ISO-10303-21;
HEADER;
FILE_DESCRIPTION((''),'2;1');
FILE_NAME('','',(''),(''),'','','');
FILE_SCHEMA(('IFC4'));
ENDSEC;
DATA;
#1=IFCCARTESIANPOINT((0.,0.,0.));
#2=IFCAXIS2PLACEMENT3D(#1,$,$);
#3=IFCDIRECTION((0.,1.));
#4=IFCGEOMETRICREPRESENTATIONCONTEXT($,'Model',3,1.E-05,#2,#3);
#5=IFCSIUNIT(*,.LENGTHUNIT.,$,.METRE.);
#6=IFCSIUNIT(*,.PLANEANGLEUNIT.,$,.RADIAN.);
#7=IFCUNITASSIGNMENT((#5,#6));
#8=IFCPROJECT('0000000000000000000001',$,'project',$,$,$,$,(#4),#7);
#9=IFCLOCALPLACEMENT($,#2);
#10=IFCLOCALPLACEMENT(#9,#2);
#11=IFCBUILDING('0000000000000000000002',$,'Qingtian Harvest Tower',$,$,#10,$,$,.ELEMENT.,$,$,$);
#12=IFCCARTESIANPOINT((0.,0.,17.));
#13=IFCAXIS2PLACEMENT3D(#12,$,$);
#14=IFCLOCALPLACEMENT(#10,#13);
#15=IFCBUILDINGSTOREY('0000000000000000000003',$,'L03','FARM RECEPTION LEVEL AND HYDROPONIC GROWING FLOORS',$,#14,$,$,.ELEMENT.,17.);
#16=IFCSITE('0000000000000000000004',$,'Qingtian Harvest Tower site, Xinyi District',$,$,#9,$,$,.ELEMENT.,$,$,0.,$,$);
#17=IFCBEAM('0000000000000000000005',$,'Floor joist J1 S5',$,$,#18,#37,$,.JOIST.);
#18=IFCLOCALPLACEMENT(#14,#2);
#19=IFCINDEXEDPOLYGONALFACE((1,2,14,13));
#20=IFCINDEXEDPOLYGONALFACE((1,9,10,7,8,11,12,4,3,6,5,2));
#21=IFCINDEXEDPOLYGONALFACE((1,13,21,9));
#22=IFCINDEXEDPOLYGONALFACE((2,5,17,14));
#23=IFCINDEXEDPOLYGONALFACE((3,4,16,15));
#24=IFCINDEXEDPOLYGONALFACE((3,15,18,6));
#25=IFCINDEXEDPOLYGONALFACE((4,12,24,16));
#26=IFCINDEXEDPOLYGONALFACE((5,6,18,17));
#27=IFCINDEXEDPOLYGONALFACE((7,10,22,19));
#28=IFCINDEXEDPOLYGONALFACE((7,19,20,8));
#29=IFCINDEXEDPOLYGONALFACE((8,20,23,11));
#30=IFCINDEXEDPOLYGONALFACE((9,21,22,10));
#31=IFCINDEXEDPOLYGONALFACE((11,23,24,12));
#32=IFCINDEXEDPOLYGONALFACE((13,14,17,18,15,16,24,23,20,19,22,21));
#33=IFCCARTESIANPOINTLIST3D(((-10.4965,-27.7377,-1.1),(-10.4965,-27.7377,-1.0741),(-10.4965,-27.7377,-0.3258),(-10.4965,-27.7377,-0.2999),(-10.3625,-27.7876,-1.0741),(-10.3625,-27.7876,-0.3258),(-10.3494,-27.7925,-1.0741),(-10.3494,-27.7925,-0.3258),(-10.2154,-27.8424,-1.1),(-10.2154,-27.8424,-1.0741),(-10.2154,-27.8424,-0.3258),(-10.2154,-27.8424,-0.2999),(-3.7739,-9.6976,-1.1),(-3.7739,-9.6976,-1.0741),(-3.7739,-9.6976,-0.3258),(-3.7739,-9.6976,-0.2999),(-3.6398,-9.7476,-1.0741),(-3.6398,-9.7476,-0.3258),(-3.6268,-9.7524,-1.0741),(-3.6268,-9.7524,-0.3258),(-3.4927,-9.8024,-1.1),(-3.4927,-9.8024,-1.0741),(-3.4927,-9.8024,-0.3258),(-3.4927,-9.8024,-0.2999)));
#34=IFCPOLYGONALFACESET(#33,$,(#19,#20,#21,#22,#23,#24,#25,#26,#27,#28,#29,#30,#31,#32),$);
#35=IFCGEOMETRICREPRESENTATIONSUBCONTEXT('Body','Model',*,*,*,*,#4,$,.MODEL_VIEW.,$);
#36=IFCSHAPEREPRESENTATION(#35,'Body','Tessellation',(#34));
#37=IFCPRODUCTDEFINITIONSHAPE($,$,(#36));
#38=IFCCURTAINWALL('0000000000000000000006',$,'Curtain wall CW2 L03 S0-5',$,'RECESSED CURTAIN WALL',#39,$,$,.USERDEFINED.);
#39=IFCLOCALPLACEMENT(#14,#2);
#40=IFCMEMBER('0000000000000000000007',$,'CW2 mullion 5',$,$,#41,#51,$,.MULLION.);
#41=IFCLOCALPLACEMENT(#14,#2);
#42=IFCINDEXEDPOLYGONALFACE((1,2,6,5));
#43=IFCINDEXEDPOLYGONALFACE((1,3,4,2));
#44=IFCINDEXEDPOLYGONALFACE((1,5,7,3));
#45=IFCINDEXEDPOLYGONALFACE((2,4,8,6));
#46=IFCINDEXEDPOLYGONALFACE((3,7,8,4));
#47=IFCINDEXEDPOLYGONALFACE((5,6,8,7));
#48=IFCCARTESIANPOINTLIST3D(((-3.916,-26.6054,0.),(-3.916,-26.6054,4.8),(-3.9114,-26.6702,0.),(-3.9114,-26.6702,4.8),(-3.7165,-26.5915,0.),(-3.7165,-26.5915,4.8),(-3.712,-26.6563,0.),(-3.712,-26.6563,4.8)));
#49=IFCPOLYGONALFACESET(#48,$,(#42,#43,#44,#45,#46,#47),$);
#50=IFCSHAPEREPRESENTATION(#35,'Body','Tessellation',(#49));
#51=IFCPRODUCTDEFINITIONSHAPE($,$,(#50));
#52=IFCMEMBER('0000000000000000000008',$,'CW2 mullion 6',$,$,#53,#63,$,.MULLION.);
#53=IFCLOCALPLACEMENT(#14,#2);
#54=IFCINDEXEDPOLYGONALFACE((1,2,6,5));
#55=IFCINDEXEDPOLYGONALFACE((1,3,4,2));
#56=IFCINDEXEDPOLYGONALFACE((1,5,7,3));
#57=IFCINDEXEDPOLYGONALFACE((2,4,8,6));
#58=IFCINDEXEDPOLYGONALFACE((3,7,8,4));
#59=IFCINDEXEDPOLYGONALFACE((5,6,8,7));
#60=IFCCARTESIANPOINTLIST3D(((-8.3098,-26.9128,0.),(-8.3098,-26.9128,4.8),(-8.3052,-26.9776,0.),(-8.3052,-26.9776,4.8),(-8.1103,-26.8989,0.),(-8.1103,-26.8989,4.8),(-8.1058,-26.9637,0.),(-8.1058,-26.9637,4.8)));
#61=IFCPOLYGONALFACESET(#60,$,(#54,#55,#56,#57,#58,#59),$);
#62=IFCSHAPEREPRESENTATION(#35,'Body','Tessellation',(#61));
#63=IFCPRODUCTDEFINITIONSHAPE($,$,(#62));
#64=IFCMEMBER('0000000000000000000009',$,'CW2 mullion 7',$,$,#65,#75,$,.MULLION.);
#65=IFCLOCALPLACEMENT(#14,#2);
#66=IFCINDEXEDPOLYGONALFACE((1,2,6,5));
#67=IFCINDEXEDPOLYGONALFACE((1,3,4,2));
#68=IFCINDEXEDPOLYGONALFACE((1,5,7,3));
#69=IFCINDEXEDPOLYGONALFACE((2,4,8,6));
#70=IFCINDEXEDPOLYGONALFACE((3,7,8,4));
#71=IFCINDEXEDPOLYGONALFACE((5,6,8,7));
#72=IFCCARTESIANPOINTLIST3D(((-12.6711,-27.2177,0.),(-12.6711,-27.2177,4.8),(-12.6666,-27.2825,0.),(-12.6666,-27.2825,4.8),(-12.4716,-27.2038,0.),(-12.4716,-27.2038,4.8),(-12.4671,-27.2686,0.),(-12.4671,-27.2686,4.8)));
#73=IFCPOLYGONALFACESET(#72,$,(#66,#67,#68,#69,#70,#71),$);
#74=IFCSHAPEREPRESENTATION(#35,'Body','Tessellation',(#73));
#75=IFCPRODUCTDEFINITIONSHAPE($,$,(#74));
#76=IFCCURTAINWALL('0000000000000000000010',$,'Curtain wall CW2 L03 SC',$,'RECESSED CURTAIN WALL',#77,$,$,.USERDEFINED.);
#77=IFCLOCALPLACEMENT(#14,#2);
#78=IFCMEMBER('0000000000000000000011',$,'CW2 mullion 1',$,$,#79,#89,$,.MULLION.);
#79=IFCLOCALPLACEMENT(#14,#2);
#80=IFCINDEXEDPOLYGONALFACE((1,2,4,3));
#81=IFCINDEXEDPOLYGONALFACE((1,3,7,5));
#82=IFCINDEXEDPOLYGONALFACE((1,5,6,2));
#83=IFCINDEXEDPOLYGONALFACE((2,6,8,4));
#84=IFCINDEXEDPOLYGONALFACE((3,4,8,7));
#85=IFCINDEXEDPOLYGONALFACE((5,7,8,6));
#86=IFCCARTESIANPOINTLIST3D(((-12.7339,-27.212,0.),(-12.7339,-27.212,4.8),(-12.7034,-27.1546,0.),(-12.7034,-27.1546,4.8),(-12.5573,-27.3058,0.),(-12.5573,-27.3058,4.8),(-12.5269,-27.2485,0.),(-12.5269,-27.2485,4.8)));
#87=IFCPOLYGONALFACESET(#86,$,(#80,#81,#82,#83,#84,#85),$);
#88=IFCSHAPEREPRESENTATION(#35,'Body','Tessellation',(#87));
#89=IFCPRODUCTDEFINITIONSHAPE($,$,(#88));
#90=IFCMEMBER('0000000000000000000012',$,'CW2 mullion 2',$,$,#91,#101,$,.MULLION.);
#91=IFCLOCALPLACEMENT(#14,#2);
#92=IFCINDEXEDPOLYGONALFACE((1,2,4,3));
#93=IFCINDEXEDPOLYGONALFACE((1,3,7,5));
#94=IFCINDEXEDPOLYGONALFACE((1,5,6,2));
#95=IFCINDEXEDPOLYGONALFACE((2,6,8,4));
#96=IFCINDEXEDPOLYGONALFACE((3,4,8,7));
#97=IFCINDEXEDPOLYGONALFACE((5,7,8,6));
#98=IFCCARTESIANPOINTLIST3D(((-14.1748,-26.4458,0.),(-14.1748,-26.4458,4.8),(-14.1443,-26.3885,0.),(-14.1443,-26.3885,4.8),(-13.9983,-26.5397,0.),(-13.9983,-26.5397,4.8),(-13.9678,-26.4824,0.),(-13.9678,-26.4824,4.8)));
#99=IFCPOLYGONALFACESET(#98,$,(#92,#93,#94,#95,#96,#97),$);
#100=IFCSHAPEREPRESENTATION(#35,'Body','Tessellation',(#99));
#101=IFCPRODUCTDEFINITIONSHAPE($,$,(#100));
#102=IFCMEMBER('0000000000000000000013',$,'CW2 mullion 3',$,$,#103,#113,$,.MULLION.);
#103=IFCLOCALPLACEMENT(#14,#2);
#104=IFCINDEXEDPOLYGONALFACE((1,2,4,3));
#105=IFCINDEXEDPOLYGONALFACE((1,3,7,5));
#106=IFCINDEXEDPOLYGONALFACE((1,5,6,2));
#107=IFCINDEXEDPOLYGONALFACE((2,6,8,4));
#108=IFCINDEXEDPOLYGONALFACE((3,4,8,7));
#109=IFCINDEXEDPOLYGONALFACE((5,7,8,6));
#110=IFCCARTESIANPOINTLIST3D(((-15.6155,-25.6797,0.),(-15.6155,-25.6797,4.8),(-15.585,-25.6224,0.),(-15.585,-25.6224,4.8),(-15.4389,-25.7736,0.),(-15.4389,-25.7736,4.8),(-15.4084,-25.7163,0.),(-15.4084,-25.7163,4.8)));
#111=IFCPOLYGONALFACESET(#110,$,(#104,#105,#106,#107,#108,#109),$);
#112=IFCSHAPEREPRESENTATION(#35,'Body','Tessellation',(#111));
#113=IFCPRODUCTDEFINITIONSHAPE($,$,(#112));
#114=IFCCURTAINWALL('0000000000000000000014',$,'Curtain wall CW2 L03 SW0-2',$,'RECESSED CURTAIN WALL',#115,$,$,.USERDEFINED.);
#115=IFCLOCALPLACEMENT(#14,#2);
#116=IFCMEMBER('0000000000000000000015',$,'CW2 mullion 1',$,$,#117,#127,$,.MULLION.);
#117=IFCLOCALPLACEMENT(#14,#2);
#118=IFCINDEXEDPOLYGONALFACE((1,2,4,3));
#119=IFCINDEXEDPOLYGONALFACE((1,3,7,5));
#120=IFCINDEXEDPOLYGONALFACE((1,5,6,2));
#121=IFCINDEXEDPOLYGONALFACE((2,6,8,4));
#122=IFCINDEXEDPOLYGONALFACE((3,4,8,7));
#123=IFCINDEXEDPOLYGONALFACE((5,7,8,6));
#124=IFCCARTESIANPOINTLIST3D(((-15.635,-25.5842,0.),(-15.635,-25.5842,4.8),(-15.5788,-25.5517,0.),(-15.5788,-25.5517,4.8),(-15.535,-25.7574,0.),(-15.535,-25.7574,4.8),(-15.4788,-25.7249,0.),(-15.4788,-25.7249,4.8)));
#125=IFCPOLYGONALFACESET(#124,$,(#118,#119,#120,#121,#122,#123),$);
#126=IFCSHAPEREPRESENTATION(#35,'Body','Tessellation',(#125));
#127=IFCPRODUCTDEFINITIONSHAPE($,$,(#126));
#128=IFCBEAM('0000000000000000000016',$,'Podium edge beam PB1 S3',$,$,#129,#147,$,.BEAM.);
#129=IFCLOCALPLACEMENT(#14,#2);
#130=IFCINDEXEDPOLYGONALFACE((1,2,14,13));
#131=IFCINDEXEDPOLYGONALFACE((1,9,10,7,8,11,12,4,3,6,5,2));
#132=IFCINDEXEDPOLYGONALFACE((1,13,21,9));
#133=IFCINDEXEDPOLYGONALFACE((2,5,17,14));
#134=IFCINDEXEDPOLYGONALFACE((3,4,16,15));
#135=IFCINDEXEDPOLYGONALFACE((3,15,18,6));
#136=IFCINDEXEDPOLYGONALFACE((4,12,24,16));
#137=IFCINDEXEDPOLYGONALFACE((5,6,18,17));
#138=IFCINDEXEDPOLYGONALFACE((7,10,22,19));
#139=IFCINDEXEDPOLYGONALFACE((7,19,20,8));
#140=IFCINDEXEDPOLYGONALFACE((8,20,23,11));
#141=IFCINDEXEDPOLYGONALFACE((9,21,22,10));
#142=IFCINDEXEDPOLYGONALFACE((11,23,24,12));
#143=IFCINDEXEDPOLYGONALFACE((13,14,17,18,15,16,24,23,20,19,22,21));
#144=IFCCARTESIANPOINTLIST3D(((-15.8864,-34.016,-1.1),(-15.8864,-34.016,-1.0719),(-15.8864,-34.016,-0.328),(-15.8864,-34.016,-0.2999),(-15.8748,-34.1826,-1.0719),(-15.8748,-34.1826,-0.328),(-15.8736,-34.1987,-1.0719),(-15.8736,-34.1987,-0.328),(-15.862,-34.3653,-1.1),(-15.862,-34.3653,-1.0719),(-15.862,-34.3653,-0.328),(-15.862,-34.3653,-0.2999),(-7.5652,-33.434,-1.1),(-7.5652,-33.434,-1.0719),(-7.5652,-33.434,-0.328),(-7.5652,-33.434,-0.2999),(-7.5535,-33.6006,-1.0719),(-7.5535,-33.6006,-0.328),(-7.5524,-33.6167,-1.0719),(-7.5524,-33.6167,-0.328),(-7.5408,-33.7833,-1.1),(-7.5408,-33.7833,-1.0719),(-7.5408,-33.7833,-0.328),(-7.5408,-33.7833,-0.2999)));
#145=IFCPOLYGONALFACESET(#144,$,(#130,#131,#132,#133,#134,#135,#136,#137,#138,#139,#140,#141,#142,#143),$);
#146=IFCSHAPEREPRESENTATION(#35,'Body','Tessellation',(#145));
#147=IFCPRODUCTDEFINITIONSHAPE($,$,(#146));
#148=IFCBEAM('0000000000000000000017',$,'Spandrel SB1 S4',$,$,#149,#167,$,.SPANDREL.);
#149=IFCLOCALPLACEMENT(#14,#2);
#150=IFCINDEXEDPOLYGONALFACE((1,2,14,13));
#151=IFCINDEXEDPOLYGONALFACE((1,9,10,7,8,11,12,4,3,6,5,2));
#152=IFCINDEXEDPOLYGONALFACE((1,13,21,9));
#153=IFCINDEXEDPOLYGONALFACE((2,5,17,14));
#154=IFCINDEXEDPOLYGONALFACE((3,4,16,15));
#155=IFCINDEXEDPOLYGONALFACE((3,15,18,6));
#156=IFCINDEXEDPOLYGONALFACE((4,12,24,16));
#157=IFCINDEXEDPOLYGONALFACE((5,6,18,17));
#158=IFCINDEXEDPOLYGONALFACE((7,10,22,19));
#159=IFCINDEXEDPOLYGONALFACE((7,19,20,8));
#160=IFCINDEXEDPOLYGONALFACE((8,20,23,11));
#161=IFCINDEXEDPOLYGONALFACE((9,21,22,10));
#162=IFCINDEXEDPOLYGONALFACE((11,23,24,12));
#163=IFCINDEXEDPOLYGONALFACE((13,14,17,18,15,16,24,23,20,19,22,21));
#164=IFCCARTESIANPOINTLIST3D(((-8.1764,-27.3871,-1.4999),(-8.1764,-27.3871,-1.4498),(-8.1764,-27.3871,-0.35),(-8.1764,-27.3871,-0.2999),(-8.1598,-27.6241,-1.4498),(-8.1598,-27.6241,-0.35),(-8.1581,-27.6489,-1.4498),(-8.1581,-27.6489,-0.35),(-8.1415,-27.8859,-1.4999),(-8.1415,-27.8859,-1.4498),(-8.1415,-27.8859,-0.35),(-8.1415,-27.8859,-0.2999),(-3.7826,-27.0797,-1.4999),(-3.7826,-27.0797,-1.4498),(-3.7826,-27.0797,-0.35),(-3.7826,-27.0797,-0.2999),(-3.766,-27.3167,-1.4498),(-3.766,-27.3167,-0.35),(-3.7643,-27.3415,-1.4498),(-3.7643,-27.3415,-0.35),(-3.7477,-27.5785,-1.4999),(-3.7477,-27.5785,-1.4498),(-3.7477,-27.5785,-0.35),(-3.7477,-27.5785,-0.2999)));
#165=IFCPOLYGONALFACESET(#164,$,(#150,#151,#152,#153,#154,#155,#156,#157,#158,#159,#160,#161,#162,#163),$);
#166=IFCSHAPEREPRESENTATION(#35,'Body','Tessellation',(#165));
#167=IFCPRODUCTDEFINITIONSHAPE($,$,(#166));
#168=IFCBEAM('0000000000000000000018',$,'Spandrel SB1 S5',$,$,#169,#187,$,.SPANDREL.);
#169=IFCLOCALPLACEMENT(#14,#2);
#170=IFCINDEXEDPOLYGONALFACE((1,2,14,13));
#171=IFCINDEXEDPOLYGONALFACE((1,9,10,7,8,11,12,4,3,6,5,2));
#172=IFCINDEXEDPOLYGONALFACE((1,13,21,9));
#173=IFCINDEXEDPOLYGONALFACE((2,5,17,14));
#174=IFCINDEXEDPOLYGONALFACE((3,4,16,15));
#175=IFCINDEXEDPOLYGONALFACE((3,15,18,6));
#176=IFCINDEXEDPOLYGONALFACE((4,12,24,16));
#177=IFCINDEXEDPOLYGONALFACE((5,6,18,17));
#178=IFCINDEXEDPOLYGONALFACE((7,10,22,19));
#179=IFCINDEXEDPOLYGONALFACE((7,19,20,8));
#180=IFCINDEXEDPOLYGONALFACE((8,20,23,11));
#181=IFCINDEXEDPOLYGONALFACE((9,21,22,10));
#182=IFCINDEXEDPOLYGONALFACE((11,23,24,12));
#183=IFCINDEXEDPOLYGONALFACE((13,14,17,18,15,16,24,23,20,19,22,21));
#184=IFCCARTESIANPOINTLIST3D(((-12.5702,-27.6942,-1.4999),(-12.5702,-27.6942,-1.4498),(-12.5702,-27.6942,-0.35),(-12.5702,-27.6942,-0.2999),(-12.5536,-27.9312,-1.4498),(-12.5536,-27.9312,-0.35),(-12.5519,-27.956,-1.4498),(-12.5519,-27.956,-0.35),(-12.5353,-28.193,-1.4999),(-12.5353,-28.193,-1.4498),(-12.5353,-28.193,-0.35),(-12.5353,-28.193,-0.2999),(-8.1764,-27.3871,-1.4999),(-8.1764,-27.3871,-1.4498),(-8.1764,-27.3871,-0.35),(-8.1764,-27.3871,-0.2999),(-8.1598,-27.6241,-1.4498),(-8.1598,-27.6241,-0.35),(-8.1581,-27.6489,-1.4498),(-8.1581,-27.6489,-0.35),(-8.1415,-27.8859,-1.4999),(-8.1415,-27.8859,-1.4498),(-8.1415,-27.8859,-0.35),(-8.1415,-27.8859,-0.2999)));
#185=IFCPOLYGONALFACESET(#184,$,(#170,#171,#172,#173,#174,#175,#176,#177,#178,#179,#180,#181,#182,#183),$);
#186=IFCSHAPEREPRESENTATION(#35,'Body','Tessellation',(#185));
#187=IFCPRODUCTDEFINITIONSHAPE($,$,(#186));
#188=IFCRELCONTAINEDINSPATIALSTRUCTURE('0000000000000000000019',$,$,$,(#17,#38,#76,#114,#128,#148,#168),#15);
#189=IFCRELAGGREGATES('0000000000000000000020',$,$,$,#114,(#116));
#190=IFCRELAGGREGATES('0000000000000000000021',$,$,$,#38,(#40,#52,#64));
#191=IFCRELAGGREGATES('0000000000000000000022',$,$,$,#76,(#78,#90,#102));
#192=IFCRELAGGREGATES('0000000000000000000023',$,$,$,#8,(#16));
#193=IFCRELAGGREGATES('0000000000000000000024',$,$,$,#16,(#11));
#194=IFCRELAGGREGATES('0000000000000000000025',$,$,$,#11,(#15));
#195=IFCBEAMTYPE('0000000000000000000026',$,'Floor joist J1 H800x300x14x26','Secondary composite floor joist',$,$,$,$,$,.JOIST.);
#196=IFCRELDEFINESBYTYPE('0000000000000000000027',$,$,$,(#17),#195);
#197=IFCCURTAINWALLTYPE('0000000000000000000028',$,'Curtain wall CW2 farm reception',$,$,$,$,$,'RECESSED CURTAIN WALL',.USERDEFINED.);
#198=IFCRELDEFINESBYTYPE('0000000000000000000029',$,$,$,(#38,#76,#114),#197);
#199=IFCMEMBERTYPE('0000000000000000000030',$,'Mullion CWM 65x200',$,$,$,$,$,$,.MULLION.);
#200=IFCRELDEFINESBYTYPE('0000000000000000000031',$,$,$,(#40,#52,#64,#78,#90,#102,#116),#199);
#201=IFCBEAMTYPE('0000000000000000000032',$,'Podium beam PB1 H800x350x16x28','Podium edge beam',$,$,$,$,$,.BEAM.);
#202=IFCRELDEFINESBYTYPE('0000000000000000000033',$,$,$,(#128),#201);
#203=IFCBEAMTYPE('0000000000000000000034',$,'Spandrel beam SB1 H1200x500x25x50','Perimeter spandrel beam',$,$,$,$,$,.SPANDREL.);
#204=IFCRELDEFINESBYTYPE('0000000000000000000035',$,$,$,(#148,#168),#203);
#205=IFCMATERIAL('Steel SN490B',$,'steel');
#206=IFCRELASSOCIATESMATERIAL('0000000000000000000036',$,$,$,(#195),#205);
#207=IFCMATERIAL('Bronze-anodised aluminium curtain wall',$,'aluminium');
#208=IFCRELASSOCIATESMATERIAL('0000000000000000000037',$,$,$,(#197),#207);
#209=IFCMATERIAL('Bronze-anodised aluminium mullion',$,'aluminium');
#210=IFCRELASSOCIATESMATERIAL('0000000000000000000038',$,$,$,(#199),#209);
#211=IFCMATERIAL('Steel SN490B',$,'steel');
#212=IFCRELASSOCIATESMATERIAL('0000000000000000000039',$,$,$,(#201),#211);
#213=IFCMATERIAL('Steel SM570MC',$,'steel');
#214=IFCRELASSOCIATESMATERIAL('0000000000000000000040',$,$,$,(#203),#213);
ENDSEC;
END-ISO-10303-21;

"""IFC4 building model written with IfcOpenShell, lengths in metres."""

from ifc_helpers import new_model, si_unit, direction, frame, origin, origin_2d, place, context, subcontext, project, spatial, rectangle, i_section, extrude, material, material_profile, profile_set, type_object, element, aggregate, save


model = new_model("IFC4")

# Units and contexts
model_context = context("Model", 3, precision=1e-05, world=origin(), true_north=direction((0.0, 1.0)))
body_context = subcontext(model_context, "Body", "Model", "MODEL_VIEW")
ifc_project = project(units=[si_unit("LENGTHUNIT", "METRE"), si_unit("PLANEANGLEUNIT", "RADIAN")], contexts=[model_context])

# Site, building, storey
site_placement = place(None, origin())
site = spatial("IfcSite", under=ifc_project, at=site_placement, Name="Qingtian Harvest Tower site, Xinyi District", CompositionType="ELEMENT", RefElevation=0.0)
building_placement = place(site_placement, origin())
building = spatial("IfcBuilding", under=site, at=building_placement, Name="Qingtian Harvest Tower", CompositionType="ELEMENT")
storey_placement = place(building_placement, frame((0.0, 0.0, 17.0)))
storey = spatial("IfcBuildingStorey", under=building, at=storey_placement, Name="L03", Description="FARM RECEPTION LEVEL AND HYDROPONIC GROWING FLOORS", CompositionType="ELEMENT", Elevation=17.0)

# Beam
ifc_material_1 = material(Name="Steel SN490B", Category="steel")
ifc_material_profile_1 = material_profile(ifc_material_1, i_section(OverallWidth=0.3, OverallDepth=0.8, WebThickness=0.0139, FlangeThickness=0.0259, at=origin_2d()), Name="H800x300x14x26")
ifc_profile_set_1 = profile_set([ifc_material_profile_1], Name="Steel SN490B")
beam_type_1 = type_object("IfcBeamType", Name="Floor joist J1 H800x300x14x26", Description="Secondary composite floor joist", PredefinedType="JOIST", material=ifc_profile_set_1)
beam_1_placement = place(storey_placement, frame((-10.356, -27.79, -0.7), z_axis=(0.349194, 0.937051, 0.0), x_axis=(-0.937051, 0.349194, 0.0)))
element("IfcBeam", 1, at=beam_1_placement, inside=storey, type_object=beam_type_1, Name="Floor joist J1 S5", PredefinedType="JOIST", context=body_context, shape_type="SweptSolid", body=[
    extrude(i_section(OverallWidth=0.3, OverallDepth=0.8, WebThickness=0.0139, FlangeThickness=0.0259, at=origin_2d()), origin(), (0.0, 0.0, 1.0), 19.252),
])

# Curtain walls, members
ifc_material_2 = material(Name="Bronze-anodised aluminium curtain wall", Category="aluminium")
curtain_wall_type = type_object("IfcCurtainWallType", Name="Curtain wall CW2 farm reception", ElementType="RECESSED CURTAIN WALL", PredefinedType="USERDEFINED", material=ifc_material_2)
curtain_wall_1_placement = place(storey_placement, origin())
curtain_wall_1 = element("IfcCurtainWall", 2, at=curtain_wall_1_placement, inside=storey, type_object=curtain_wall_type, Name="Curtain wall CW2 L03 S0-5", ObjectType="RECESSED CURTAIN WALL", PredefinedType="USERDEFINED")
ifc_material_3 = material(Name="Bronze-anodised aluminium mullion", Category="aluminium")
ifc_material_profile_2 = material_profile(ifc_material_3, rectangle(XDim=0.0649, YDim=0.2, at=origin_2d()), Name="AL 65x200")
ifc_profile_set_2 = profile_set([ifc_material_profile_2], Name="Bronze-anodised aluminium mullion")
member_type_1 = type_object("IfcMemberType", Name="Mullion CWM 65x200", PredefinedType="MULLION", material=ifc_profile_set_2)
member_1_placement = place(storey_placement, frame((-3.814, -26.6309, 0.0), z_axis=(0.0, 0.0, 1.0), x_axis=(0.069756, -0.997564, 0.0)))
member_1 = element("IfcMember", 3, at=member_1_placement, type_object=member_type_1, Name="CW2 mullion 5", PredefinedType="MULLION", context=body_context, shape_type="SweptSolid", body=[
    extrude(rectangle(XDim=0.0649, YDim=0.2, at=origin_2d()), origin(), (0.0, 0.0, 1.0), 4.8),
])
member_2_placement = place(storey_placement, frame((-8.2078, -26.9382, 0.0), z_axis=(0.0, 0.0, 1.0), x_axis=(0.069756, -0.997564, 0.0)))
member_2 = element("IfcMember", 4, at=member_2_placement, type_object=member_type_1, Name="CW2 mullion 6", PredefinedType="MULLION", context=body_context, shape_type="SweptSolid", body=[
    extrude(rectangle(XDim=0.0649, YDim=0.2, at=origin_2d()), origin(), (0.0, 0.0, 1.0), 4.8),
])
member_3_placement = place(storey_placement, frame((-12.5691, -27.2432, 0.0), z_axis=(0.0, 0.0, 1.0), x_axis=(0.069756, -0.997564, 0.0)))
member_3 = element("IfcMember", 5, at=member_3_placement, type_object=member_type_1, Name="CW2 mullion 7", PredefinedType="MULLION", context=body_context, shape_type="SweptSolid", body=[
    extrude(rectangle(XDim=0.0649, YDim=0.2, at=origin_2d()), origin(), (0.0, 0.0, 1.0), 4.8),
])
curtain_wall_2_placement = place(storey_placement, origin())
curtain_wall_2 = element("IfcCurtainWall", 6, at=curtain_wall_2_placement, inside=storey, type_object=curtain_wall_type, Name="Curtain wall CW2 L03 SC", ObjectType="RECESSED CURTAIN WALL", PredefinedType="USERDEFINED")
member_4_placement = place(storey_placement, frame((-12.6304, -27.2302, 0.0), z_axis=(0.0, 0.0, 1.0), x_axis=(-0.469472, -0.882948, 0.0)))
member_4 = element("IfcMember", 7, at=member_4_placement, type_object=member_type_1, Name="CW2 mullion 1", PredefinedType="MULLION", context=body_context, shape_type="SweptSolid", body=[
    extrude(rectangle(XDim=0.0649, YDim=0.2, at=origin_2d()), origin(), (0.0, 0.0, 1.0), 4.8),
])
member_5_placement = place(storey_placement, frame((-14.0713, -26.4641, 0.0), z_axis=(0.0, 0.0, 1.0), x_axis=(-0.469472, -0.882948, 0.0)))
member_5 = element("IfcMember", 8, at=member_5_placement, type_object=member_type_1, Name="CW2 mullion 2", PredefinedType="MULLION", context=body_context, shape_type="SweptSolid", body=[
    extrude(rectangle(XDim=0.0649, YDim=0.2, at=origin_2d()), origin(), (0.0, 0.0, 1.0), 4.8),
])
member_6_placement = place(storey_placement, frame((-15.512, -25.698, 0.0), z_axis=(0.0, 0.0, 1.0), x_axis=(-0.469472, -0.882948, 0.0)))
member_6 = element("IfcMember", 9, at=member_6_placement, type_object=member_type_1, Name="CW2 mullion 3", PredefinedType="MULLION", context=body_context, shape_type="SweptSolid", body=[
    extrude(rectangle(XDim=0.0649, YDim=0.2, at=origin_2d()), origin(), (0.0, 0.0, 1.0), 4.8),
])

# Curtain wall, member
curtain_wall_3_placement = place(storey_placement, origin())
curtain_wall_3 = element("IfcCurtainWall", 10, at=curtain_wall_3_placement, inside=storey, type_object=curtain_wall_type, Name="Curtain wall CW2 L03 SW0-2", ObjectType="RECESSED CURTAIN WALL", PredefinedType="USERDEFINED")
member_7_placement = place(storey_placement, frame((-15.5569, -25.6545, 0.0), z_axis=(0.0, 0.0, 1.0), x_axis=(-0.866025, -0.5, 0.0)))
member_7 = element("IfcMember", 11, at=member_7_placement, type_object=member_type_1, Name="CW2 mullion 1", PredefinedType="MULLION", context=body_context, shape_type="SweptSolid", body=[
    extrude(rectangle(XDim=0.0649, YDim=0.2, at=origin_2d()), origin(), (0.0, 0.0, 1.0), 4.8),
])

# Beams
ifc_material_4 = material(Name="Steel SN490B", Category="steel")
ifc_material_profile_3 = material_profile(ifc_material_4, i_section(OverallWidth=0.3501, OverallDepth=0.8, WebThickness=0.0161, FlangeThickness=0.0281, at=origin_2d()), Name="H800x350x16x28")
ifc_profile_set_3 = profile_set([ifc_material_profile_3], Name="Steel SN490B")
beam_type_2 = type_object("IfcBeamType", Name="Podium beam PB1 H800x350x16x28", Description="Podium edge beam", PredefinedType="BEAM", material=ifc_profile_set_3)
beam_2_placement = place(storey_placement, frame((-7.553, -33.6086, -0.7), z_axis=(-0.997563, -0.069774, 0.0), x_axis=(0.069774, -0.997563, 0.0)))
element("IfcBeam", 12, at=beam_2_placement, inside=storey, type_object=beam_type_2, Name="Podium edge beam PB1 S3", PredefinedType="BEAM", context=body_context, shape_type="SweptSolid", body=[
    extrude(i_section(OverallWidth=0.3501, OverallDepth=0.8, WebThickness=0.0161, FlangeThickness=0.0281, at=origin_2d()), origin(), (0.0, 0.0, 1.0), 8.3416),
])
ifc_material_5 = material(Name="Steel SM570MC", Category="steel")
ifc_material_profile_4 = material_profile(ifc_material_5, i_section(OverallWidth=0.5, OverallDepth=1.2, WebThickness=0.0249, FlangeThickness=0.05, at=origin_2d()), Name="H1200x500x25x50")
ifc_profile_set_4 = profile_set([ifc_material_profile_4], Name="Steel SM570MC")
beam_type_3 = type_object("IfcBeamType", Name="Spandrel beam SB1 H1200x500x25x50", Description="Perimeter spandrel beam", PredefinedType="SPANDREL", material=ifc_profile_set_4)
for number, where, z_axis, x_axis, name in (
    (13, (-3.7651, -27.3291, -0.8999), (-0.997562, -0.069786, 0.0), (0.069786, -0.997562, 0.0), "Spandrel SB1 S4"),
    (14, (-8.1589, -27.6365, -0.8999), (-0.997566, -0.06973, 0.0), (0.06973, -0.997566, 0.0), "Spandrel SB1 S5"),
):
    element("IfcBeam", number, at=place(storey_placement, frame(where, z_axis=z_axis, x_axis=x_axis)), inside=storey, type_object=beam_type_3, Name=name, PredefinedType="SPANDREL", context=body_context, shape_type="SweptSolid", body=[
        extrude(i_section(OverallWidth=0.5, OverallDepth=1.2, WebThickness=0.0249, FlangeThickness=0.05, at=origin_2d()), origin(), (0.0, 0.0, 1.0), 4.4045),
    ])

aggregate(curtain_wall_3, [member_7])

aggregate(curtain_wall_1, [member_1, member_2, member_3])
aggregate(curtain_wall_2, [member_4, member_5, member_6])

save(model, "model.ifc")
